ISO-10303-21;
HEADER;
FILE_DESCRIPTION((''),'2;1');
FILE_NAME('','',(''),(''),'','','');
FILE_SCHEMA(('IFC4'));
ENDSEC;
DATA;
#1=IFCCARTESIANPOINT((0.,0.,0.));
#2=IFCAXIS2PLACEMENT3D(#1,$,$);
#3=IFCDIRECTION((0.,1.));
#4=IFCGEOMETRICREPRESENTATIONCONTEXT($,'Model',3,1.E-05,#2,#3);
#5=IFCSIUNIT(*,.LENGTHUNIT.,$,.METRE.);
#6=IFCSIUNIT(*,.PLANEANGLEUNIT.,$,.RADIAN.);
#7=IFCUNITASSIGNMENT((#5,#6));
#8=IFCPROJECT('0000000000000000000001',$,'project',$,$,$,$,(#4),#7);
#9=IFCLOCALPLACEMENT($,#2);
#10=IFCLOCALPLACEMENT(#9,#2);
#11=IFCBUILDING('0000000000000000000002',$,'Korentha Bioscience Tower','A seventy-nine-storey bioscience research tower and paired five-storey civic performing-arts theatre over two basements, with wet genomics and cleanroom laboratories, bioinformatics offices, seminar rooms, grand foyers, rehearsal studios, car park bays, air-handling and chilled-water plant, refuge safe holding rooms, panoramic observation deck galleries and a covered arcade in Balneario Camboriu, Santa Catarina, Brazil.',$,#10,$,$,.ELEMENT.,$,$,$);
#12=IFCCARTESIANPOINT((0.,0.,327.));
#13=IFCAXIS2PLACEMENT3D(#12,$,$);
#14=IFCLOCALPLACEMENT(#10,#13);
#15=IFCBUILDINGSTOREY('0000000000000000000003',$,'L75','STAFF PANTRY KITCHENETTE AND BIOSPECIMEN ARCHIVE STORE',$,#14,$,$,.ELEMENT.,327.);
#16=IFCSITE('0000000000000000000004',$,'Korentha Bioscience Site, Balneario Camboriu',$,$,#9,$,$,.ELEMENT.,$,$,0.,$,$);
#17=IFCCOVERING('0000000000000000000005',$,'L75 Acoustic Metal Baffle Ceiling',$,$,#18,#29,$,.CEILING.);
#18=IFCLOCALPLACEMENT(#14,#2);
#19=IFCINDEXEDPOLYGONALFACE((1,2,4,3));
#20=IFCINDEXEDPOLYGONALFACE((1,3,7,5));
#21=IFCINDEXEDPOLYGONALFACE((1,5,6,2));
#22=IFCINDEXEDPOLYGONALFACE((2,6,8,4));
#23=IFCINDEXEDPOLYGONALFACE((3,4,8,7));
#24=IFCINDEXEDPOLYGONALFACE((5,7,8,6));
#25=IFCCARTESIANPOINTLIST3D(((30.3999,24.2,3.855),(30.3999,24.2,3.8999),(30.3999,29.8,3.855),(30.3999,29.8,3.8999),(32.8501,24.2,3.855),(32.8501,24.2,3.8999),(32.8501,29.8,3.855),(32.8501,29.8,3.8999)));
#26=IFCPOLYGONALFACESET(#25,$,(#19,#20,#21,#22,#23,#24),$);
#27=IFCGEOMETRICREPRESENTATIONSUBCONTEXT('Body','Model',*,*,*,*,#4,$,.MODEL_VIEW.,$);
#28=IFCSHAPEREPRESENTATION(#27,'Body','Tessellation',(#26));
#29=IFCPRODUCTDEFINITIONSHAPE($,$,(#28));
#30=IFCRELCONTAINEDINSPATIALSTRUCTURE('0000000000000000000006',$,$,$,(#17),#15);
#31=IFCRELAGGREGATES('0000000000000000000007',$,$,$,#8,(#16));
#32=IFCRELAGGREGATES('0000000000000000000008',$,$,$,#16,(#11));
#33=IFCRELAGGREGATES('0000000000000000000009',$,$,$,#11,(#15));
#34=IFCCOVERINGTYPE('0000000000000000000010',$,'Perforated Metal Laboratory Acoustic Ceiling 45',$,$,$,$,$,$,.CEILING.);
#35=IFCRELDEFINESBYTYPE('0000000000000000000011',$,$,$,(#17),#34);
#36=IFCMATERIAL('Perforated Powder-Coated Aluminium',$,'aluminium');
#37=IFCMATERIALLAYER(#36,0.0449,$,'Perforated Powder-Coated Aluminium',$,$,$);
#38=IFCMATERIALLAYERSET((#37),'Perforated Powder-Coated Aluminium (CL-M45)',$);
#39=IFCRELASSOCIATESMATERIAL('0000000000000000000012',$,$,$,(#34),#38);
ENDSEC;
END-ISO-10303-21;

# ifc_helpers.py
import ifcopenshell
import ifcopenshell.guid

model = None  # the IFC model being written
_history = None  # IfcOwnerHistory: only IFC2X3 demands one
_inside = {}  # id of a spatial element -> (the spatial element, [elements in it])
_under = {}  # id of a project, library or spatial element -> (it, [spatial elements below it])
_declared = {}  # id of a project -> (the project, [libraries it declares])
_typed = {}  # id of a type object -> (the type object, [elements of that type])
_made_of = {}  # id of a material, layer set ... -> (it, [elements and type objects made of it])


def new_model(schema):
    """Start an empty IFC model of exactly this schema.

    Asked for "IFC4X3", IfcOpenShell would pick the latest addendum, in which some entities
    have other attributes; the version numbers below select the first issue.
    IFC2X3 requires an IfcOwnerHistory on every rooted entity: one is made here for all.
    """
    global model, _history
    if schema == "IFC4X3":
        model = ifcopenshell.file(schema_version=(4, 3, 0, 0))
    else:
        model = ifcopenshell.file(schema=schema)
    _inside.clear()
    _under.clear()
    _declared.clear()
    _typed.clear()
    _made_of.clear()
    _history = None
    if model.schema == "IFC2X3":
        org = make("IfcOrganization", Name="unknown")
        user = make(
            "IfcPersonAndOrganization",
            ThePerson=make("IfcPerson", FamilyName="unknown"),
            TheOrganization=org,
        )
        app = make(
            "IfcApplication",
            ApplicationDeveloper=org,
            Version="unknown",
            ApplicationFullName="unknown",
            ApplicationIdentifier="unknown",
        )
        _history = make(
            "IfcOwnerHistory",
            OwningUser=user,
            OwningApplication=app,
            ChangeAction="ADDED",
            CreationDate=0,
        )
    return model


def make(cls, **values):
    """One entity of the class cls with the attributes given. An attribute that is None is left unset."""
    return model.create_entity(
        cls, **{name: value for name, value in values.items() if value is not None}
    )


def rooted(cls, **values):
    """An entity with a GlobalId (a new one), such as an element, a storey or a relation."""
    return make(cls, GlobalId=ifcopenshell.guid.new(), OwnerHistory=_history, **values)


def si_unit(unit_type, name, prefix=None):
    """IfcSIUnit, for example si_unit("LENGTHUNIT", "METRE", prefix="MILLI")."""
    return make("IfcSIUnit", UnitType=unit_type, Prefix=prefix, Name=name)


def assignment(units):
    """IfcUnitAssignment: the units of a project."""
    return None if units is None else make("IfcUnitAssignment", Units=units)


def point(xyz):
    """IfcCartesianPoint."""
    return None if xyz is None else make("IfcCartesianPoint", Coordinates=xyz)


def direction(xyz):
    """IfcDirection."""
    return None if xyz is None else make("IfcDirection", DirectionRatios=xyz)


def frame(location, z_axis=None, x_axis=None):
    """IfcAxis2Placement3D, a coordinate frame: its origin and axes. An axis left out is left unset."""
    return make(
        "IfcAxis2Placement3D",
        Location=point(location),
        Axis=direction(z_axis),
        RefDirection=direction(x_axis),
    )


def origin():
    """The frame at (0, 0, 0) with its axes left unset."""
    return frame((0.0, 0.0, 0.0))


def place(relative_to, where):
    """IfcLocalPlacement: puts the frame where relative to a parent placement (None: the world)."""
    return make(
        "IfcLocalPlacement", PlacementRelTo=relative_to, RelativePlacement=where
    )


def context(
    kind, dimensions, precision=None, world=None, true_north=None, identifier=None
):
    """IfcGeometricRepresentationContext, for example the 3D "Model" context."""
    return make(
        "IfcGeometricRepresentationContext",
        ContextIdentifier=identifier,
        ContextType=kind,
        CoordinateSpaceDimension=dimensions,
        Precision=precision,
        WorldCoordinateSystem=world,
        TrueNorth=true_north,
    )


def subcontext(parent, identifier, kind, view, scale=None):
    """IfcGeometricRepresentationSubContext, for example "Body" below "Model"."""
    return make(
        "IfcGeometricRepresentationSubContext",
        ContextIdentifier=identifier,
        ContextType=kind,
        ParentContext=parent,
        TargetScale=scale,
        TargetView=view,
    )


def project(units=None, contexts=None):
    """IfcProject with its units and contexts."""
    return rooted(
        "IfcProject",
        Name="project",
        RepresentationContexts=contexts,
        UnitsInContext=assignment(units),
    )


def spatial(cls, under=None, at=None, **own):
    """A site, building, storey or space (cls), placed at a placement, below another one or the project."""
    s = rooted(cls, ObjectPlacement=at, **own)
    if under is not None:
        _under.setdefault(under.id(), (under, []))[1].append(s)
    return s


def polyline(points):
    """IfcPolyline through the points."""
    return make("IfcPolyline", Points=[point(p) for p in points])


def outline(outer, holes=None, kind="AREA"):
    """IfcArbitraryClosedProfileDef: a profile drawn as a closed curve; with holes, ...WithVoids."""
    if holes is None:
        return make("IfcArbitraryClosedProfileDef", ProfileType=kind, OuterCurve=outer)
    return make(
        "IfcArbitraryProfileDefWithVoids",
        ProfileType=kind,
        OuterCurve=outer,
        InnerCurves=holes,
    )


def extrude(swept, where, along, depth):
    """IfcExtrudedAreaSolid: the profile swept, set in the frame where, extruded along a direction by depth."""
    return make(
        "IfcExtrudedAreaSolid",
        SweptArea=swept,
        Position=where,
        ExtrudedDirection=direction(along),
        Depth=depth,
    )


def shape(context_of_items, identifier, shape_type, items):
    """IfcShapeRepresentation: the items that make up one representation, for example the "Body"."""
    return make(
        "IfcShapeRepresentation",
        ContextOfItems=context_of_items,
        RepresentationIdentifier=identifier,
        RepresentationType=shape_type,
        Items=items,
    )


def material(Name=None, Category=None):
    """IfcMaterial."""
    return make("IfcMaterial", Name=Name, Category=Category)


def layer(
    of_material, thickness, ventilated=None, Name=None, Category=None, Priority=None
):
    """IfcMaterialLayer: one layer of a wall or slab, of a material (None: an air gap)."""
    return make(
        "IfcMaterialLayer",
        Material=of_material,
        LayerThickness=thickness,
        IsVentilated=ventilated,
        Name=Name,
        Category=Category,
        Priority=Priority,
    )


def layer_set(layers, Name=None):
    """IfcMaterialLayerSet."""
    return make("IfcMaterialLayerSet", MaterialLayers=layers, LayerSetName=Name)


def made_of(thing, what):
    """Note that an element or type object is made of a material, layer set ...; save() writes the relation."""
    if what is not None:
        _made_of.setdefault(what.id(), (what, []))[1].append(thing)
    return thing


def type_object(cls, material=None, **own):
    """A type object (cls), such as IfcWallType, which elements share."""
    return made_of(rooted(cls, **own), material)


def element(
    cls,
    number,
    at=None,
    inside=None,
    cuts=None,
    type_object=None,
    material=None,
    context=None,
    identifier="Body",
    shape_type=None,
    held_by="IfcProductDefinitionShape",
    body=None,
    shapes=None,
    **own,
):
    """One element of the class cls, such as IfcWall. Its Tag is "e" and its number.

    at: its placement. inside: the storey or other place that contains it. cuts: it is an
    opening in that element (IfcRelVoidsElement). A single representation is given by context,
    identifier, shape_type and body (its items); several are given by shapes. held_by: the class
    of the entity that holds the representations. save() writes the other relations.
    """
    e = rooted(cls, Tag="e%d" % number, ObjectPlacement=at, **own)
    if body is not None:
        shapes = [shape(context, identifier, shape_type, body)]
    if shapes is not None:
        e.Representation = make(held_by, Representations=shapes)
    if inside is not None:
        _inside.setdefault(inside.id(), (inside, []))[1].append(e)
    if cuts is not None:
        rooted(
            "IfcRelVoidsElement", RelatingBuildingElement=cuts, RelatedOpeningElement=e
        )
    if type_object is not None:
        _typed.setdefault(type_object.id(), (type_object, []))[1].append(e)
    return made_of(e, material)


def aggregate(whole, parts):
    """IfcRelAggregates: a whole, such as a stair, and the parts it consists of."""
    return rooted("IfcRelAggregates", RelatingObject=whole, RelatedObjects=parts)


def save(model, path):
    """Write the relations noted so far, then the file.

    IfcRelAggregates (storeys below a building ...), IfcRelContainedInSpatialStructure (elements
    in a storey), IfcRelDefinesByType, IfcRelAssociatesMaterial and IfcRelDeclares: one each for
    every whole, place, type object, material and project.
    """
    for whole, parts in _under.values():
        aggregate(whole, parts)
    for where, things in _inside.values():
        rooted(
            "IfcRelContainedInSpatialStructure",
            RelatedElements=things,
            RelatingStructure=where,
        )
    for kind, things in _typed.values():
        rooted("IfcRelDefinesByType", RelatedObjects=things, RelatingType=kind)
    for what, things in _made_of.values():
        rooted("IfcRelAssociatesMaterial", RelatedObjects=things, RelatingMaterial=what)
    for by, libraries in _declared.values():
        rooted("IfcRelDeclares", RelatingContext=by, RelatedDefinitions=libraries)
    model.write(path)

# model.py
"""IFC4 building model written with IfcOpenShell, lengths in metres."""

from ifc_helpers import new_model, si_unit, direction, frame, origin, place, context, subcontext, project, spatial, polyline, outline, extrude, material, layer, layer_set, type_object, element, save


model = new_model("IFC4")

# Units and contexts
model_context = context("Model", 3, precision=1e-05, world=origin(), true_north=direction((0.0, 1.0)))
body_context = subcontext(model_context, "Body", "Model", "MODEL_VIEW")
ifc_project = project(units=[si_unit("LENGTHUNIT", "METRE"), si_unit("PLANEANGLEUNIT", "RADIAN")], contexts=[model_context])

# Site, building, storey
site_placement = place(None, origin())
site = spatial("IfcSite", under=ifc_project, at=site_placement, Name="Korentha Bioscience Site, Balneario Camboriu", CompositionType="ELEMENT", RefElevation=0.0)
building_placement = place(site_placement, origin())
building = spatial("IfcBuilding", under=site, at=building_placement, Name="Korentha Bioscience Tower", Description="A seventy-nine-storey bioscience research tower and paired five-storey civic performing-arts theatre over two basements, with wet genomics and cleanroom laboratories, bioinformatics offices, seminar rooms, grand foyers, rehearsal studios, car park bays, air-handling and chilled-water plant, refuge safe holding rooms, panoramic observation deck galleries and a covered arcade in Balneario Camboriu, Santa Catarina, Brazil.", CompositionType="ELEMENT")
storey_placement = place(building_placement, frame((0.0, 0.0, 327.0)))
storey = spatial("IfcBuildingStorey", under=building, at=storey_placement, Name="L75", Description="STAFF PANTRY KITCHENETTE AND BIOSPECIMEN ARCHIVE STORE", CompositionType="ELEMENT", Elevation=327.0)

# Covering
ifc_material_1 = material(Name="Perforated Powder-Coated Aluminium", Category="aluminium")
ifc_layer_1 = layer(ifc_material_1, 0.0449, Name="Perforated Powder-Coated Aluminium")
ifc_layer_set_1 = layer_set([ifc_layer_1], Name="Perforated Powder-Coated Aluminium (CL-M45)")
covering_type_1 = type_object("IfcCoveringType", Name="Perforated Metal Laboratory Acoustic Ceiling 45", PredefinedType="CEILING", material=ifc_layer_set_1)
covering_1_placement = place(storey_placement, frame((0.0, 0.0, 3.855)))
element("IfcCovering", 1, at=covering_1_placement, inside=storey, type_object=covering_type_1, Name="L75 Acoustic Metal Baffle Ceiling", PredefinedType="CEILING", context=body_context, shape_type="SweptSolid", body=[
    extrude(outline(polyline([(30.3999, 24.2), (32.8501, 24.2), (32.8501, 29.8), (30.3999, 29.8), (30.3999, 24.2)])), origin(), (0.0, 0.0, 1.0), 0.0449),
])

save(model, "model.ifc")
